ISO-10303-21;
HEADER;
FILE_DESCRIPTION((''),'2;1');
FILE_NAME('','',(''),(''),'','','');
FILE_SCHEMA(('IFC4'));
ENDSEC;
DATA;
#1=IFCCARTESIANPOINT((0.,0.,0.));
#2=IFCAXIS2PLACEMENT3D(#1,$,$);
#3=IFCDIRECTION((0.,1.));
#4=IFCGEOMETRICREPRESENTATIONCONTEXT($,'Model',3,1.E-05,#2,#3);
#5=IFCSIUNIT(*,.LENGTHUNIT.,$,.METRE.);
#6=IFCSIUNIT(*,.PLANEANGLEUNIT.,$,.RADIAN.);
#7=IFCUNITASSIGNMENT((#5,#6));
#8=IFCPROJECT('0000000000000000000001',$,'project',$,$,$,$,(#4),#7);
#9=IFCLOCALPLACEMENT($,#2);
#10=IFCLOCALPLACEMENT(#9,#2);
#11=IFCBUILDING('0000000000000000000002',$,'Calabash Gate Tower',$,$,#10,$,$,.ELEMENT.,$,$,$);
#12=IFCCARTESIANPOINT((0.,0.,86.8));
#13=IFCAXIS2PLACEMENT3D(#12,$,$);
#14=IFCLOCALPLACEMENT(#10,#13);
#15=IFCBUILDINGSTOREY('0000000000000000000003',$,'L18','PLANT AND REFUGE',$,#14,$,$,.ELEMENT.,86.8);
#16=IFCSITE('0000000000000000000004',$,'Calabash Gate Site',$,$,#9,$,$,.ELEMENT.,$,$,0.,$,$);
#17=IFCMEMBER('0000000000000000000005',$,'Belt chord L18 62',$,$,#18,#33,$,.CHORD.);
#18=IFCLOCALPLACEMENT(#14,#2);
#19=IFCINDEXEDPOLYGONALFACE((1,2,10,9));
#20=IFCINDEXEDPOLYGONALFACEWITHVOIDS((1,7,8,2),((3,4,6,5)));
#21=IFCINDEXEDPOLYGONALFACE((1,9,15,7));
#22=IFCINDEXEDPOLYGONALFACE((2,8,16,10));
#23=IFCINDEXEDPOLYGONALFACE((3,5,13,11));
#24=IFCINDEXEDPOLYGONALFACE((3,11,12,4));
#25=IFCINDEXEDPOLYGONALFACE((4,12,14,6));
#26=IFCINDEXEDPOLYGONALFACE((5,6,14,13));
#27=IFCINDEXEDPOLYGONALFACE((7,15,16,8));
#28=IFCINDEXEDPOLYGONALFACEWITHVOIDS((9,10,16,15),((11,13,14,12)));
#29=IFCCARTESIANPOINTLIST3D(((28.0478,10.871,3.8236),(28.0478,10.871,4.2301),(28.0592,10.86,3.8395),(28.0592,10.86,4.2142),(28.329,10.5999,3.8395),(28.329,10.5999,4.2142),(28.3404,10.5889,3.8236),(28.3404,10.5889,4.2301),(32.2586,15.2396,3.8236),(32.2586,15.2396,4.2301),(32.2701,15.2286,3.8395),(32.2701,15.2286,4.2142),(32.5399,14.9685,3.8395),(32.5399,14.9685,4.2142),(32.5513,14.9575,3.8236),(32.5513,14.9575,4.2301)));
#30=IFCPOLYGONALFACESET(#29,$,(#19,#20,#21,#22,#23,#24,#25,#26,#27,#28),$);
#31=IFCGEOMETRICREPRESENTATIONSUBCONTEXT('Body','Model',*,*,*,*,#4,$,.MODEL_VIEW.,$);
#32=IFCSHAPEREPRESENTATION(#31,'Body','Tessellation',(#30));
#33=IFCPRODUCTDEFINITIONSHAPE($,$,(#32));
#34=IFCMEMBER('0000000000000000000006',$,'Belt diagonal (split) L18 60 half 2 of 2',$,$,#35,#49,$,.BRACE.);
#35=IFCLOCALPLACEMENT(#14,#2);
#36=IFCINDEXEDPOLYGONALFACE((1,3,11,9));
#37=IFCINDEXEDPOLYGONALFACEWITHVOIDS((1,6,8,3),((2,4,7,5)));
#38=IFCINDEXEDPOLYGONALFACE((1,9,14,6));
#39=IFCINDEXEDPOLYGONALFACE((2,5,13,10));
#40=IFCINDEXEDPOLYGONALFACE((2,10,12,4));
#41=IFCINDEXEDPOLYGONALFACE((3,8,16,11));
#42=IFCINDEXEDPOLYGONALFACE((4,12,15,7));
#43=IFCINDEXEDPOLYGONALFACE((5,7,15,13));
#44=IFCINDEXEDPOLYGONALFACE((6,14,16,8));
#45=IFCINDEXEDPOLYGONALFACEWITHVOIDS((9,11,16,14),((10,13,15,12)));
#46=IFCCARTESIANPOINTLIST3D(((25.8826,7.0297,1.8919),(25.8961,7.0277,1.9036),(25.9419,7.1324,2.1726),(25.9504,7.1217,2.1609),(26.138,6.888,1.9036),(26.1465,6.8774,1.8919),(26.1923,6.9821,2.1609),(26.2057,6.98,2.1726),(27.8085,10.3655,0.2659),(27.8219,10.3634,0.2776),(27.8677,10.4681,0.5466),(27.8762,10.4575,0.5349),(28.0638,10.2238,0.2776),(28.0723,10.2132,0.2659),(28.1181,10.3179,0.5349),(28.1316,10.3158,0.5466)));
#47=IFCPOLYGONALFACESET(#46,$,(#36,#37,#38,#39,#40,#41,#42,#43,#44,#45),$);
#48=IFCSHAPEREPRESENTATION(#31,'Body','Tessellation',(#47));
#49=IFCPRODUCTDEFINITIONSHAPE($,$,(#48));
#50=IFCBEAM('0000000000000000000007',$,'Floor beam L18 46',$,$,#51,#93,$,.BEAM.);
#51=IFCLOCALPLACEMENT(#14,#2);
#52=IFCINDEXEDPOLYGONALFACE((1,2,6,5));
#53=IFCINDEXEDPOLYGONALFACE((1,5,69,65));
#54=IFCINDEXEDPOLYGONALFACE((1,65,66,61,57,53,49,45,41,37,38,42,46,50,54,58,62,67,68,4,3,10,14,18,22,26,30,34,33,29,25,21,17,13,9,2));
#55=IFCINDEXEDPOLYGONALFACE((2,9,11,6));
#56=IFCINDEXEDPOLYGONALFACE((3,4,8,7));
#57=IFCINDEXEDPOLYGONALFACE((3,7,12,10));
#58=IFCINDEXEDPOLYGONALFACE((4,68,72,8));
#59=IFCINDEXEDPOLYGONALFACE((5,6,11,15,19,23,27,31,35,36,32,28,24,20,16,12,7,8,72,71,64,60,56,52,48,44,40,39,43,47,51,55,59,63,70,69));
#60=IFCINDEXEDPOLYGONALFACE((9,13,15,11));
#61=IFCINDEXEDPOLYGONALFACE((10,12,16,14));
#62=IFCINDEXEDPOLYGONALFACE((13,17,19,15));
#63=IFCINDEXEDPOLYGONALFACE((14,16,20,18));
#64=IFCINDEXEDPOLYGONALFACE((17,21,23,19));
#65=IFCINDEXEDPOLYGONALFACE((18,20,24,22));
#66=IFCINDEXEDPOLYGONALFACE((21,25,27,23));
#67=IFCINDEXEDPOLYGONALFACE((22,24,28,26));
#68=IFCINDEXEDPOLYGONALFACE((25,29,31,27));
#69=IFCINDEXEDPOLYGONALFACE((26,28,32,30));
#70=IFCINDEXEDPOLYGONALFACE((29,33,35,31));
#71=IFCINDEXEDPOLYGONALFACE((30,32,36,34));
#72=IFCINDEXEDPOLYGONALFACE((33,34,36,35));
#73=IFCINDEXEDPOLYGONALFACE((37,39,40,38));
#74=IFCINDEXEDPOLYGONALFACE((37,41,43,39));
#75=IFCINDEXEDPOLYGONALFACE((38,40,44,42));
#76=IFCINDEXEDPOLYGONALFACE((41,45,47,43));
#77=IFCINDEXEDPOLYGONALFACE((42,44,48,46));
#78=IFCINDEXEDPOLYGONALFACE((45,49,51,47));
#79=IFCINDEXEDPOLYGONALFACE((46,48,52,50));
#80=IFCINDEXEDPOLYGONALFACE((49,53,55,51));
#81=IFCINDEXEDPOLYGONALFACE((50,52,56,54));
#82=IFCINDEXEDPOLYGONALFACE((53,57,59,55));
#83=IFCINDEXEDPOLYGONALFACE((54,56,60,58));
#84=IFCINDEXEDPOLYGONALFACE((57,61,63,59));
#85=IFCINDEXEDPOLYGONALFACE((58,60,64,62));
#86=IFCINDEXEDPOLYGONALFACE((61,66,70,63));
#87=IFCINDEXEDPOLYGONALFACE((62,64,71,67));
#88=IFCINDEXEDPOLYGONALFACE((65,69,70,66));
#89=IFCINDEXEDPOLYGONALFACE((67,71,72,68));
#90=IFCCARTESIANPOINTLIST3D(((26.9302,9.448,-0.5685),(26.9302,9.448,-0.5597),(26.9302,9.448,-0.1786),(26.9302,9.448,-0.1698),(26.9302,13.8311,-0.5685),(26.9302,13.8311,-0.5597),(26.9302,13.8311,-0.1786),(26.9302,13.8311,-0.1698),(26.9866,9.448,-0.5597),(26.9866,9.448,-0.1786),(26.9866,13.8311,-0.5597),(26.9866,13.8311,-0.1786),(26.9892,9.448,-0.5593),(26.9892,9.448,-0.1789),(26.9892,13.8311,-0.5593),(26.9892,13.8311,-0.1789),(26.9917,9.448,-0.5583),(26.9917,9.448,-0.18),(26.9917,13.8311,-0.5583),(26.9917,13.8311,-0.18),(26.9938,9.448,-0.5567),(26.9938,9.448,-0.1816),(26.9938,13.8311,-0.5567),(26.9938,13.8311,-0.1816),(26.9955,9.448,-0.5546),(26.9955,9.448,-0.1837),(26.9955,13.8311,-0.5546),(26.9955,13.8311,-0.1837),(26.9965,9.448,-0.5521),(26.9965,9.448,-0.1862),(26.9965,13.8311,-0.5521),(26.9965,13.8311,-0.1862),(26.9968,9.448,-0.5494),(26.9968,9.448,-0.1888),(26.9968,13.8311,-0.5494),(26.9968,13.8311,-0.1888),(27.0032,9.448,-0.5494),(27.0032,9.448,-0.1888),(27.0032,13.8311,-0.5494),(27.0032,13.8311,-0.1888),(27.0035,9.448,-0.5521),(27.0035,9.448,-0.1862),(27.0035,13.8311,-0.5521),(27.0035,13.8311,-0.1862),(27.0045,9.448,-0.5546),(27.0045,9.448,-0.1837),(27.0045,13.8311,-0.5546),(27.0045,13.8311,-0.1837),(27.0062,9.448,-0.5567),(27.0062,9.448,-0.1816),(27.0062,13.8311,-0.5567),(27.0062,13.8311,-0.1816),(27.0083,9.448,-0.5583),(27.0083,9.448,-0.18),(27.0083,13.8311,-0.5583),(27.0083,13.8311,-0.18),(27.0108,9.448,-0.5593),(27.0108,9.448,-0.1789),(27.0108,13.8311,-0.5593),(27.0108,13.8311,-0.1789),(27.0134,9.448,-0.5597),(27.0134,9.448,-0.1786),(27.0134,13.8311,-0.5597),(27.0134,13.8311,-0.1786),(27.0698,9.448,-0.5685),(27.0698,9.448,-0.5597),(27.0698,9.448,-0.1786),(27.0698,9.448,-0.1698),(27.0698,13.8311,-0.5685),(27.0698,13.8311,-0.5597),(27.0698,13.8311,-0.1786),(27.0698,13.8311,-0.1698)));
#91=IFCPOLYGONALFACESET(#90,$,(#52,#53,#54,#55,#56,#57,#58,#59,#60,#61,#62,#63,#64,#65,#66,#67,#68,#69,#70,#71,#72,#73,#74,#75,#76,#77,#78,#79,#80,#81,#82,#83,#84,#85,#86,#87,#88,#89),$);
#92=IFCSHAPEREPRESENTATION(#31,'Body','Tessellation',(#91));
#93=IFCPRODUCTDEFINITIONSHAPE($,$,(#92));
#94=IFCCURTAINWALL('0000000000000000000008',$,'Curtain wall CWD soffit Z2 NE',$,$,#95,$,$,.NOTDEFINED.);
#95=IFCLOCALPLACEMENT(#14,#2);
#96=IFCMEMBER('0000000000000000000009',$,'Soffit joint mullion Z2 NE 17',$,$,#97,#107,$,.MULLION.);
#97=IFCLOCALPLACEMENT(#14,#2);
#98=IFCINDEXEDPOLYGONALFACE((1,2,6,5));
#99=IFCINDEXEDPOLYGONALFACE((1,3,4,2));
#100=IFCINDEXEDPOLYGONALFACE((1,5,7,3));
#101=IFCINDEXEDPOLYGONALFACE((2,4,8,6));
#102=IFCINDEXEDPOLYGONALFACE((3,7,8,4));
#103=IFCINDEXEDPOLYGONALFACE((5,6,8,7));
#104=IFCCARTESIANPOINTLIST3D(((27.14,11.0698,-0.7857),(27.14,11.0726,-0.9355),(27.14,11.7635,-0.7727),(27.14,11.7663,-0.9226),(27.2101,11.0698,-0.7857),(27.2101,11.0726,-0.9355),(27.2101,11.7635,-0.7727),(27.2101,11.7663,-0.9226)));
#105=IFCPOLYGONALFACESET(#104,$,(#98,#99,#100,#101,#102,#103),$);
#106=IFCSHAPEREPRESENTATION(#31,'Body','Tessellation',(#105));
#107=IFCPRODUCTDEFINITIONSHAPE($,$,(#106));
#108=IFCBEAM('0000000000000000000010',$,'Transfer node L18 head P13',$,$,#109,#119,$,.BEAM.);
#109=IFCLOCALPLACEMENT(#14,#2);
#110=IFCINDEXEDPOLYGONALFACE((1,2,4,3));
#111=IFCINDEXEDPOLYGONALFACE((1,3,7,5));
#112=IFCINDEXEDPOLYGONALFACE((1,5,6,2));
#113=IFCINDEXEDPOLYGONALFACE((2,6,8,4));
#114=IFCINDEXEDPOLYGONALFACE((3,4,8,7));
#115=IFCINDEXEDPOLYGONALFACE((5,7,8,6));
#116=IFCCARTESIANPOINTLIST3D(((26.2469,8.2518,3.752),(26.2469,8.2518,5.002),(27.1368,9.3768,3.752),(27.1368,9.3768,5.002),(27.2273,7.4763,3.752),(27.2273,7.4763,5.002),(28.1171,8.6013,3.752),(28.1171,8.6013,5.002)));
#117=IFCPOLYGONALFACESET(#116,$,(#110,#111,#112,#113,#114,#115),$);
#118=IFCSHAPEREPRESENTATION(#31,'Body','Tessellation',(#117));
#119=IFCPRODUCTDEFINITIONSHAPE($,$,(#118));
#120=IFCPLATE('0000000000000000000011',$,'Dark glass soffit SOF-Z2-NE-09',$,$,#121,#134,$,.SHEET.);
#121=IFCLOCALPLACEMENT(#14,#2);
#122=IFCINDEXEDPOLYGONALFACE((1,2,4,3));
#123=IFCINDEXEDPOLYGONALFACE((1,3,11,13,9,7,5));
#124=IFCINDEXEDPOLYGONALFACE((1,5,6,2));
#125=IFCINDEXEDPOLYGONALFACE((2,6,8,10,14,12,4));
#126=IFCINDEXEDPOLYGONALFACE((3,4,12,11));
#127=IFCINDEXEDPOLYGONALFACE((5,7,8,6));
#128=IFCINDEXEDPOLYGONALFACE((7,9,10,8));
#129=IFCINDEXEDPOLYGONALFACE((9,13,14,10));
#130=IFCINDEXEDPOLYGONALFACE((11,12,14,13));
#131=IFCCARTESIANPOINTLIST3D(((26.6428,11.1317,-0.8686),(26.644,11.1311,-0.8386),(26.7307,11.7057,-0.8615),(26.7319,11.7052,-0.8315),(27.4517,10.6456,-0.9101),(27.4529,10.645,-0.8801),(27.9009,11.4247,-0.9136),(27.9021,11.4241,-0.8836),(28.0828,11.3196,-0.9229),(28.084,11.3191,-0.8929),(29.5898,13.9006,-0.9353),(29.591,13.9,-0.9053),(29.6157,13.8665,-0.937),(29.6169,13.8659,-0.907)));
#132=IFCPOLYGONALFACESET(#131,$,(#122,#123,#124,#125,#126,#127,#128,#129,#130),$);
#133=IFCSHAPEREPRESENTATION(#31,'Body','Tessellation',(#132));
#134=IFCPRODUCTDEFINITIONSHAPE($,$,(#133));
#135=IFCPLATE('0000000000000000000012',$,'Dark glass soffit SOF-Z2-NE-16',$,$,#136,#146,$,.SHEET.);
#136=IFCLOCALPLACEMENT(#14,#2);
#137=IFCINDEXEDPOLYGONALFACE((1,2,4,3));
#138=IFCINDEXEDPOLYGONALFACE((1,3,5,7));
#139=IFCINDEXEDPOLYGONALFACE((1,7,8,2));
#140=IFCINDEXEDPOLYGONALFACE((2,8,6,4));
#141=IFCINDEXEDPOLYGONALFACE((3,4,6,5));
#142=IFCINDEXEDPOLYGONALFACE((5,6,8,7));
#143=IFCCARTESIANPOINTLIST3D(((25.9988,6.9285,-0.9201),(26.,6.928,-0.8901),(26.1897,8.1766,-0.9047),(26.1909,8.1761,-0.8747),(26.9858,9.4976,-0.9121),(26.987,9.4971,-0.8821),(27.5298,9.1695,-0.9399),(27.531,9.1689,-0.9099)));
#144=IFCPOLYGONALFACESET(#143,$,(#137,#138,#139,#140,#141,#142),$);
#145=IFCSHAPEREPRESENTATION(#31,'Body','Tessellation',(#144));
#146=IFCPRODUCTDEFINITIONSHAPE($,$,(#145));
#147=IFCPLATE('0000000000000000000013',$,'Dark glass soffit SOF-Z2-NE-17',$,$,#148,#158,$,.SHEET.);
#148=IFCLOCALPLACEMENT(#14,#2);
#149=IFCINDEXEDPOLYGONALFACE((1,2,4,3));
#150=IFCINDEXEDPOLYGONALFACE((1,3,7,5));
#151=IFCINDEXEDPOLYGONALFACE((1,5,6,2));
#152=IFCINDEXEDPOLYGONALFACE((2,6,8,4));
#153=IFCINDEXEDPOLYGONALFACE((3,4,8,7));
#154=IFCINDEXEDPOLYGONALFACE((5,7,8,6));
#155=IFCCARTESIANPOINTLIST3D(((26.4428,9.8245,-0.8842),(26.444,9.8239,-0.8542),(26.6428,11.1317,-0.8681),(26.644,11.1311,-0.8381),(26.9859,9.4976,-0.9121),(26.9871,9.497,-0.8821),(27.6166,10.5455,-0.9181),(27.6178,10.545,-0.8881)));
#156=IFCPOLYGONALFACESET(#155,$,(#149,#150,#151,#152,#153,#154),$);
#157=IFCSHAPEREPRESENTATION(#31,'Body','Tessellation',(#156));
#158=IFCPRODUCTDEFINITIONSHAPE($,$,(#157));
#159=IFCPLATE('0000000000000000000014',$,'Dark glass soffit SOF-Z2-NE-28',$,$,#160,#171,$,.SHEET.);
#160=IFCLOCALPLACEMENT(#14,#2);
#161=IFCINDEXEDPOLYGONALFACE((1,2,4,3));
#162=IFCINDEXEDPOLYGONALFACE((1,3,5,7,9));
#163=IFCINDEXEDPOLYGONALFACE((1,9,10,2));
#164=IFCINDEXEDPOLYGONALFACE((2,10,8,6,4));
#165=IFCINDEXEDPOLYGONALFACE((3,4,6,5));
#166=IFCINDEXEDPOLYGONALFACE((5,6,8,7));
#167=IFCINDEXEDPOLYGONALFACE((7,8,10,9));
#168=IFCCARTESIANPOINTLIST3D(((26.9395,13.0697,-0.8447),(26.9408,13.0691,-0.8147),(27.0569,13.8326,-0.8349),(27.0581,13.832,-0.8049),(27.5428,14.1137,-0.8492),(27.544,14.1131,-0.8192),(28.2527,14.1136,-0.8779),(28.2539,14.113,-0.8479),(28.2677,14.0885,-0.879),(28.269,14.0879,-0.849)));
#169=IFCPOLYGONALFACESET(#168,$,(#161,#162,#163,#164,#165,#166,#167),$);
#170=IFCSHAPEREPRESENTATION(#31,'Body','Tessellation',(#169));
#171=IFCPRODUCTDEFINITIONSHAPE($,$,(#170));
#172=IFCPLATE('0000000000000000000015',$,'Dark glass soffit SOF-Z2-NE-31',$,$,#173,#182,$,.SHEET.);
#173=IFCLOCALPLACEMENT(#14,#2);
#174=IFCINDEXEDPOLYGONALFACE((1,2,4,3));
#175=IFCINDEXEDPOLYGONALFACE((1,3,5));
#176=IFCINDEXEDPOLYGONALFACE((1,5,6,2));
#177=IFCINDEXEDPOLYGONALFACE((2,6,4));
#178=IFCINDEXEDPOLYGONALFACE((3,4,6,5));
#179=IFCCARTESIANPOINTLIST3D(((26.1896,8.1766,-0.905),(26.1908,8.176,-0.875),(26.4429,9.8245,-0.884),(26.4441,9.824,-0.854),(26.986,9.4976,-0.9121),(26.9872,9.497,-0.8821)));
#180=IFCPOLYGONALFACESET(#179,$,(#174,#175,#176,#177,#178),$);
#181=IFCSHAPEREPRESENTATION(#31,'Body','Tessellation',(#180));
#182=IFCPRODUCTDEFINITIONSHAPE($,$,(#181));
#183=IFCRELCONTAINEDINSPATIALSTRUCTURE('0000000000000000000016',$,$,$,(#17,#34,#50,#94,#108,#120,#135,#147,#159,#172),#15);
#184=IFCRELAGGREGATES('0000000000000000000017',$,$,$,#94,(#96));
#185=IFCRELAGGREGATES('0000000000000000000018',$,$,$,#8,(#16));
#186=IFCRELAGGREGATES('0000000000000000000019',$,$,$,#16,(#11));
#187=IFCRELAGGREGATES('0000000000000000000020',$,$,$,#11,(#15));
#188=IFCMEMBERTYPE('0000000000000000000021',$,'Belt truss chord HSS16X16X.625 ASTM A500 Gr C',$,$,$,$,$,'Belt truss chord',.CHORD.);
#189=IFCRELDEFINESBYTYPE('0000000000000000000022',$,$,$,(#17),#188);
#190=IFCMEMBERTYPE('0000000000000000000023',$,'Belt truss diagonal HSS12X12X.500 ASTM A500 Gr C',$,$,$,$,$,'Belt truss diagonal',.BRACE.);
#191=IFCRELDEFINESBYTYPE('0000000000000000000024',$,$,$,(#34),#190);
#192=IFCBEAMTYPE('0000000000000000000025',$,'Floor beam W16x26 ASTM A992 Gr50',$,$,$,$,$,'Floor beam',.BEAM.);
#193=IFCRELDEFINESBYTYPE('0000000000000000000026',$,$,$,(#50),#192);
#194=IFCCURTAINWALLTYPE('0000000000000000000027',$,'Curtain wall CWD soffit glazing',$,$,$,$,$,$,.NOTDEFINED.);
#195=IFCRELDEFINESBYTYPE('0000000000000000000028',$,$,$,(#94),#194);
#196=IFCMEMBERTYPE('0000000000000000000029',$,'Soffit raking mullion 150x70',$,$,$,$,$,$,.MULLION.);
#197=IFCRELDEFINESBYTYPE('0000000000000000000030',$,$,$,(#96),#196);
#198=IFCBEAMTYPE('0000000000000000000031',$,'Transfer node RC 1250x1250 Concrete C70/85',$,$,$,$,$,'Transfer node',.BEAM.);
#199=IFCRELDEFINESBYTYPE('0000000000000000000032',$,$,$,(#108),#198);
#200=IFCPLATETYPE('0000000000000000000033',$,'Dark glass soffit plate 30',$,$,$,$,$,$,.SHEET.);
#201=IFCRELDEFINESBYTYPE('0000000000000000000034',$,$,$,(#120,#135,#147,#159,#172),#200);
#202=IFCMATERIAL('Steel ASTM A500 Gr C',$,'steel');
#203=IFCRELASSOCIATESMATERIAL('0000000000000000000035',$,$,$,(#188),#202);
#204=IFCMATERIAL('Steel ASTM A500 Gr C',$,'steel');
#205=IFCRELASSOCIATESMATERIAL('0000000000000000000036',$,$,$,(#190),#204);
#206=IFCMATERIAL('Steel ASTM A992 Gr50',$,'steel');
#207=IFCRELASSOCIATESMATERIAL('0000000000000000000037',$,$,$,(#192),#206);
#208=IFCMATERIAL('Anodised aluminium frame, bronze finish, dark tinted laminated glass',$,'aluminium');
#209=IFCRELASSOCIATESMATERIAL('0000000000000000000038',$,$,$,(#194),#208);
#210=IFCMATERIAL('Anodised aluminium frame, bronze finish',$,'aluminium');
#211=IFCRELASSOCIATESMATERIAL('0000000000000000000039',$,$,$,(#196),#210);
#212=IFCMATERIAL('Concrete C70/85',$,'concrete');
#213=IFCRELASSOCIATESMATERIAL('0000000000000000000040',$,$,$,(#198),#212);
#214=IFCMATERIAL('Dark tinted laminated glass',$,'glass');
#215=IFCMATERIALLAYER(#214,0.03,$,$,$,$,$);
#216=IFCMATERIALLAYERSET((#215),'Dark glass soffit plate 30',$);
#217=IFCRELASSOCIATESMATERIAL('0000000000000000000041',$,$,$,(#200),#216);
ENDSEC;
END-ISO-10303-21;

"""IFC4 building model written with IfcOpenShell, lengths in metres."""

from ifc_helpers import new_model, si_unit, direction, frame, origin, origin_2d, place, context, subcontext, project, spatial, polyline, rectangle, hollow_rectangle, i_section, outline, extrude, material, layer, layer_set, material_profile, profile_set, type_object, element, aggregate, save


model = new_model("IFC4")

# Units and contexts
model_context = context("Model", 3, precision=1e-05, world=origin(), true_north=direction((0.0, 1.0)))
body_context = subcontext(model_context, "Body", "Model", "MODEL_VIEW")
ifc_project = project(units=[si_unit("LENGTHUNIT", "METRE"), si_unit("PLANEANGLEUNIT", "RADIAN")], contexts=[model_context])

# Site, building, storey
site_placement = place(None, origin())
site = spatial("IfcSite", under=ifc_project, at=site_placement, Name="Calabash Gate Site", CompositionType="ELEMENT", RefElevation=0.0)
building_placement = place(site_placement, origin())
building = spatial("IfcBuilding", under=site, at=building_placement, Name="Calabash Gate Tower", CompositionType="ELEMENT")
storey_placement = place(building_placement, frame((0.0, 0.0, 86.8)))
storey = spatial("IfcBuildingStorey", under=building, at=storey_placement, Name="L18", Description="PLANT AND REFUGE", CompositionType="ELEMENT", Elevation=86.8)

# Members
ifc_material_1 = material(Name="Steel ASTM A500 Gr C", Category="steel")
ifc_material_profile_1 = material_profile(ifc_material_1, hollow_rectangle(XDim=0.4065, YDim=0.4065, WallThickness=0.0159, at=origin_2d()))
ifc_profile_set_1 = profile_set([ifc_material_profile_1], Name="Steel ASTM A500 Gr C")
member_type_1 = type_object("IfcMemberType", Name="Belt truss chord HSS16X16X.625 ASTM A500 Gr C", ElementType="Belt truss chord", PredefinedType="CHORD", material=ifc_profile_set_1)
member_1_placement = place(storey_placement, frame((28.1941, 10.73, 4.0269), z_axis=(0.693991, 0.719984, 0.0), x_axis=(-0.719984, 0.693991, 0.0)))
element("IfcMember", 1, at=member_1_placement, inside=storey, type_object=member_type_1, Name="Belt chord L18 62", PredefinedType="CHORD", context=body_context, shape_type="SweptSolid", body=[
    extrude(hollow_rectangle(XDim=0.4065, YDim=0.4065, WallThickness=0.0159, at=origin_2d()), origin(), (0.0, 0.0, 1.0), 6.0676),
])
ifc_material_2 = material(Name="Steel ASTM A500 Gr C", Category="steel")
ifc_material_profile_2 = material_profile(ifc_material_2, hollow_rectangle(XDim=0.3047, YDim=0.3047, WallThickness=0.0127, at=origin_2d()))
ifc_profile_set_2 = profile_set([ifc_material_profile_2], Name="Steel ASTM A500 Gr C")
member_type_2 = type_object("IfcMemberType", Name="Belt truss diagonal HSS12X12X.500 ASTM A500 Gr C", ElementType="Belt truss diagonal", PredefinedType="BRACE", material=ifc_profile_set_2)
member_2_placement = place(storey_placement, frame((26.0442, 7.0049, 2.0322), z_axis=(0.460622, 0.797856, -0.388913), x_axis=(-0.866035, 0.499984, 0.0)))
element("IfcMember", 2, at=member_2_placement, inside=storey, type_object=member_type_2, Name="Belt diagonal (split) L18 60 half 2 of 2", PredefinedType="BRACE", context=body_context, shape_type="SweptSolid", body=[
    extrude(hollow_rectangle(XDim=0.3047, YDim=0.3047, WallThickness=0.0127, at=origin_2d()), origin(), (0.0, 0.0, 1.0), 4.1809),
])

# Beam
ifc_material_3 = material(Name="Steel ASTM A992 Gr50", Category="steel")
ifc_material_profile_3 = material_profile(ifc_material_3, i_section(OverallWidth=0.1396, OverallDepth=0.3987, WebThickness=0.0063, FlangeThickness=0.0088, FilletRadius=0.0103, at=origin_2d()))
ifc_profile_set_3 = profile_set([ifc_material_profile_3], Name="Steel ASTM A992 Gr50")
beam_type_1 = type_object("IfcBeamType", Name="Floor beam W16x26 ASTM A992 Gr50", ElementType="Floor beam", PredefinedType="BEAM", material=ifc_profile_set_3)
beam_1_placement = place(storey_placement, frame((27.0, 9.448, -0.3691), z_axis=(0.0, 1.0, 0.0), x_axis=(-1.0, 0.0, 0.0)))
element("IfcBeam", 3, at=beam_1_placement, inside=storey, type_object=beam_type_1, Name="Floor beam L18 46", PredefinedType="BEAM", context=body_context, shape_type="SweptSolid", body=[
    extrude(i_section(OverallWidth=0.1396, OverallDepth=0.3987, WebThickness=0.0063, FlangeThickness=0.0088, FilletRadius=0.0103, at=origin_2d()), origin(), (0.0, 0.0, 1.0), 4.3831),
])

# Curtain wall, member
ifc_material_4 = material(Name="Anodised aluminium frame, bronze finish, dark tinted laminated glass", Category="aluminium")
curtain_wall_type = type_object("IfcCurtainWallType", Name="Curtain wall CWD soffit glazing", PredefinedType="NOTDEFINED", material=ifc_material_4)
curtain_wall_placement = place(storey_placement, origin())
curtain_wall = element("IfcCurtainWall", 4, at=curtain_wall_placement, inside=storey, type_object=curtain_wall_type, Name="Curtain wall CWD soffit Z2 NE", PredefinedType="NOTDEFINED")
ifc_material_5 = material(Name="Anodised aluminium frame, bronze finish", Category="aluminium")
ifc_material_profile_4 = material_profile(ifc_material_5, rectangle(XDim=0.1499, YDim=0.0701, at=origin_2d()))
ifc_profile_set_4 = profile_set([ifc_material_profile_4], Name="Anodised aluminium frame, bronze finish")
member_type_3 = type_object("IfcMemberType", Name="Soffit raking mullion 150x70", PredefinedType="MULLION", material=ifc_profile_set_4)
member_3_placement = place(storey_placement, frame((27.175, 11.7649, -0.8477), z_axis=(0.0, -0.999826, -0.018646), x_axis=(0.0, -0.018646, 0.999826)))
member_3 = element("IfcMember", 5, at=member_3_placement, type_object=member_type_3, Name="Soffit joint mullion Z2 NE 17", PredefinedType="MULLION", context=body_context, shape_type="SweptSolid", body=[
    extrude(rectangle(XDim=0.1499, YDim=0.0701, at=origin_2d()), origin(), (0.0, 0.0, 1.0), 0.6938),
])
aggregate(curtain_wall, [member_3])

# Beam
ifc_material_6 = material(Name="Concrete C70/85", Category="concrete")
ifc_material_profile_5 = material_profile(ifc_material_6, rectangle(XDim=1.25, YDim=1.25, at=origin_2d()))
ifc_profile_set_5 = profile_set([ifc_material_profile_5], Name="Concrete C70/85")
beam_type_2 = type_object("IfcBeamType", Name="Transfer node RC 1250x1250 Concrete C70/85", ElementType="Transfer node", PredefinedType="BEAM", material=ifc_profile_set_5)
beam_2_placement = place(storey_placement, frame((27.627, 8.989, 4.377), z_axis=(-0.620389, -0.784294, 0.0), x_axis=(0.784294, -0.620389, 0.0)))
element("IfcBeam", 6, at=beam_2_placement, inside=storey, type_object=beam_type_2, Name="Transfer node L18 head P13", PredefinedType="BEAM", context=body_context, shape_type="SweptSolid", body=[
    extrude(rectangle(XDim=1.25, YDim=1.25, at=origin_2d()), origin(), (0.0, 0.0, 1.0), 1.4343),
])

# Plates
ifc_material_7 = material(Name="Dark tinted laminated glass", Category="glass")
ifc_layer_1 = layer(ifc_material_7, 0.03)
ifc_layer_set_1 = layer_set([ifc_layer_1], Name="Dark glass soffit plate 30")
plate_type_1 = type_object("IfcPlateType", Name="Dark glass soffit plate 30", PredefinedType="SHEET", material=ifc_layer_set_1)
plate_1_placement = place(storey_placement, frame((27.4529, 10.645, -0.8801), z_axis=(0.040064, -0.018585, 0.999024), x_axis=(-0.856302, 0.514605, 0.043914)))
element("IfcPlate", 7, at=plate_1_placement, inside=storey, type_object=plate_type_1, Name="Dark glass soffit SOF-Z2-NE-09", PredefinedType="SHEET", context=body_context, shape_type="SweptSolid", body=[
    extrude(outline(polyline([(0.0, 0.0), (0.9446, 0.0), (1.165, -0.5374), (-0.157, -3.8914), (-0.1968, -3.8755), (-0.1941, -0.9028), (0.0161, -0.8992), (0.0, 0.0)])), origin(), (0.0, 0.0, -1.0), 0.03),
])
plate_2_placement = place(storey_placement, frame((26.0, 6.928, -0.8901), z_axis=(0.039884, -0.018457, 0.999034), x_axis=(0.151213, 0.988426, 0.012224)))
element("IfcPlate", 8, at=plate_2_placement, inside=storey, type_object=plate_type_1, Name="Dark glass soffit SOF-Z2-NE-16", PredefinedType="SHEET", context=body_context, shape_type="SweptSolid", body=[
    extrude(outline(polyline([(0.0, 0.0), (1.2627, 0.0), (2.6887, -0.5876), (2.4463, -1.1755), (0.0, 0.0)])), origin(), (0.0, 0.0, -1.0), 0.03),
])
plate_3_placement = place(storey_placement, frame((26.644, 11.1311, -0.8381), z_axis=(0.0402, -0.018429, 0.999022), x_axis=(0.855944, -0.515198, -0.043947)))
element("IfcPlate", 9, at=plate_3_placement, inside=storey, type_object=plate_type_1, Name="Dark glass soffit SOF-Z2-NE-17", PredefinedType="SHEET", context=body_context, shape_type="SweptSolid", body=[
    extrude(outline(polyline([(0.0, 0.0), (1.1377, 0.0), (1.1375, -1.2231), (0.5029, -1.2231), (0.0, 0.0)])), origin(), (0.0, 0.0, -1.0), 0.03),
])
plate_4_placement = place(storey_placement, frame((27.0581, 13.832, -0.8049), z_axis=(0.04033, -0.018958, 0.999007), x_axis=(0.865351, 0.500521, -0.025436)))
element("IfcPlate", 10, at=plate_4_placement, inside=storey, type_object=plate_type_1, Name="Dark glass soffit SOF-Z2-NE-28", PredefinedType="SHEET", context=body_context, shape_type="SweptSolid", body=[
    extrude(outline(polyline([(0.0, 0.0), (0.5615, 0.0), (1.1765, -0.3557), (1.177, -0.385), (-0.4832, -0.6021), (0.0, 0.0)])), origin(), (0.0, 0.0, -1.0), 0.03),
])
plate_5_placement = place(storey_placement, frame((26.4441, 9.824, -0.854), z_axis=(0.040269, -0.018915, 0.99901), x_axis=(0.855871, -0.515293, -0.044256)))
element("IfcPlate", 11, at=plate_5_placement, inside=storey, type_object=plate_type_1, Name="Dark glass soffit SOF-Z2-NE-31", PredefinedType="SHEET", context=body_context, shape_type="SweptSolid", body=[
    extrude(outline(polyline([(0.0, 0.0), (0.6345, 0.0), (0.6333, -1.5425), (0.0, 0.0)])), origin(), (0.0, 0.0, -1.0), 0.03),
])

save(model, "model.ifc")
